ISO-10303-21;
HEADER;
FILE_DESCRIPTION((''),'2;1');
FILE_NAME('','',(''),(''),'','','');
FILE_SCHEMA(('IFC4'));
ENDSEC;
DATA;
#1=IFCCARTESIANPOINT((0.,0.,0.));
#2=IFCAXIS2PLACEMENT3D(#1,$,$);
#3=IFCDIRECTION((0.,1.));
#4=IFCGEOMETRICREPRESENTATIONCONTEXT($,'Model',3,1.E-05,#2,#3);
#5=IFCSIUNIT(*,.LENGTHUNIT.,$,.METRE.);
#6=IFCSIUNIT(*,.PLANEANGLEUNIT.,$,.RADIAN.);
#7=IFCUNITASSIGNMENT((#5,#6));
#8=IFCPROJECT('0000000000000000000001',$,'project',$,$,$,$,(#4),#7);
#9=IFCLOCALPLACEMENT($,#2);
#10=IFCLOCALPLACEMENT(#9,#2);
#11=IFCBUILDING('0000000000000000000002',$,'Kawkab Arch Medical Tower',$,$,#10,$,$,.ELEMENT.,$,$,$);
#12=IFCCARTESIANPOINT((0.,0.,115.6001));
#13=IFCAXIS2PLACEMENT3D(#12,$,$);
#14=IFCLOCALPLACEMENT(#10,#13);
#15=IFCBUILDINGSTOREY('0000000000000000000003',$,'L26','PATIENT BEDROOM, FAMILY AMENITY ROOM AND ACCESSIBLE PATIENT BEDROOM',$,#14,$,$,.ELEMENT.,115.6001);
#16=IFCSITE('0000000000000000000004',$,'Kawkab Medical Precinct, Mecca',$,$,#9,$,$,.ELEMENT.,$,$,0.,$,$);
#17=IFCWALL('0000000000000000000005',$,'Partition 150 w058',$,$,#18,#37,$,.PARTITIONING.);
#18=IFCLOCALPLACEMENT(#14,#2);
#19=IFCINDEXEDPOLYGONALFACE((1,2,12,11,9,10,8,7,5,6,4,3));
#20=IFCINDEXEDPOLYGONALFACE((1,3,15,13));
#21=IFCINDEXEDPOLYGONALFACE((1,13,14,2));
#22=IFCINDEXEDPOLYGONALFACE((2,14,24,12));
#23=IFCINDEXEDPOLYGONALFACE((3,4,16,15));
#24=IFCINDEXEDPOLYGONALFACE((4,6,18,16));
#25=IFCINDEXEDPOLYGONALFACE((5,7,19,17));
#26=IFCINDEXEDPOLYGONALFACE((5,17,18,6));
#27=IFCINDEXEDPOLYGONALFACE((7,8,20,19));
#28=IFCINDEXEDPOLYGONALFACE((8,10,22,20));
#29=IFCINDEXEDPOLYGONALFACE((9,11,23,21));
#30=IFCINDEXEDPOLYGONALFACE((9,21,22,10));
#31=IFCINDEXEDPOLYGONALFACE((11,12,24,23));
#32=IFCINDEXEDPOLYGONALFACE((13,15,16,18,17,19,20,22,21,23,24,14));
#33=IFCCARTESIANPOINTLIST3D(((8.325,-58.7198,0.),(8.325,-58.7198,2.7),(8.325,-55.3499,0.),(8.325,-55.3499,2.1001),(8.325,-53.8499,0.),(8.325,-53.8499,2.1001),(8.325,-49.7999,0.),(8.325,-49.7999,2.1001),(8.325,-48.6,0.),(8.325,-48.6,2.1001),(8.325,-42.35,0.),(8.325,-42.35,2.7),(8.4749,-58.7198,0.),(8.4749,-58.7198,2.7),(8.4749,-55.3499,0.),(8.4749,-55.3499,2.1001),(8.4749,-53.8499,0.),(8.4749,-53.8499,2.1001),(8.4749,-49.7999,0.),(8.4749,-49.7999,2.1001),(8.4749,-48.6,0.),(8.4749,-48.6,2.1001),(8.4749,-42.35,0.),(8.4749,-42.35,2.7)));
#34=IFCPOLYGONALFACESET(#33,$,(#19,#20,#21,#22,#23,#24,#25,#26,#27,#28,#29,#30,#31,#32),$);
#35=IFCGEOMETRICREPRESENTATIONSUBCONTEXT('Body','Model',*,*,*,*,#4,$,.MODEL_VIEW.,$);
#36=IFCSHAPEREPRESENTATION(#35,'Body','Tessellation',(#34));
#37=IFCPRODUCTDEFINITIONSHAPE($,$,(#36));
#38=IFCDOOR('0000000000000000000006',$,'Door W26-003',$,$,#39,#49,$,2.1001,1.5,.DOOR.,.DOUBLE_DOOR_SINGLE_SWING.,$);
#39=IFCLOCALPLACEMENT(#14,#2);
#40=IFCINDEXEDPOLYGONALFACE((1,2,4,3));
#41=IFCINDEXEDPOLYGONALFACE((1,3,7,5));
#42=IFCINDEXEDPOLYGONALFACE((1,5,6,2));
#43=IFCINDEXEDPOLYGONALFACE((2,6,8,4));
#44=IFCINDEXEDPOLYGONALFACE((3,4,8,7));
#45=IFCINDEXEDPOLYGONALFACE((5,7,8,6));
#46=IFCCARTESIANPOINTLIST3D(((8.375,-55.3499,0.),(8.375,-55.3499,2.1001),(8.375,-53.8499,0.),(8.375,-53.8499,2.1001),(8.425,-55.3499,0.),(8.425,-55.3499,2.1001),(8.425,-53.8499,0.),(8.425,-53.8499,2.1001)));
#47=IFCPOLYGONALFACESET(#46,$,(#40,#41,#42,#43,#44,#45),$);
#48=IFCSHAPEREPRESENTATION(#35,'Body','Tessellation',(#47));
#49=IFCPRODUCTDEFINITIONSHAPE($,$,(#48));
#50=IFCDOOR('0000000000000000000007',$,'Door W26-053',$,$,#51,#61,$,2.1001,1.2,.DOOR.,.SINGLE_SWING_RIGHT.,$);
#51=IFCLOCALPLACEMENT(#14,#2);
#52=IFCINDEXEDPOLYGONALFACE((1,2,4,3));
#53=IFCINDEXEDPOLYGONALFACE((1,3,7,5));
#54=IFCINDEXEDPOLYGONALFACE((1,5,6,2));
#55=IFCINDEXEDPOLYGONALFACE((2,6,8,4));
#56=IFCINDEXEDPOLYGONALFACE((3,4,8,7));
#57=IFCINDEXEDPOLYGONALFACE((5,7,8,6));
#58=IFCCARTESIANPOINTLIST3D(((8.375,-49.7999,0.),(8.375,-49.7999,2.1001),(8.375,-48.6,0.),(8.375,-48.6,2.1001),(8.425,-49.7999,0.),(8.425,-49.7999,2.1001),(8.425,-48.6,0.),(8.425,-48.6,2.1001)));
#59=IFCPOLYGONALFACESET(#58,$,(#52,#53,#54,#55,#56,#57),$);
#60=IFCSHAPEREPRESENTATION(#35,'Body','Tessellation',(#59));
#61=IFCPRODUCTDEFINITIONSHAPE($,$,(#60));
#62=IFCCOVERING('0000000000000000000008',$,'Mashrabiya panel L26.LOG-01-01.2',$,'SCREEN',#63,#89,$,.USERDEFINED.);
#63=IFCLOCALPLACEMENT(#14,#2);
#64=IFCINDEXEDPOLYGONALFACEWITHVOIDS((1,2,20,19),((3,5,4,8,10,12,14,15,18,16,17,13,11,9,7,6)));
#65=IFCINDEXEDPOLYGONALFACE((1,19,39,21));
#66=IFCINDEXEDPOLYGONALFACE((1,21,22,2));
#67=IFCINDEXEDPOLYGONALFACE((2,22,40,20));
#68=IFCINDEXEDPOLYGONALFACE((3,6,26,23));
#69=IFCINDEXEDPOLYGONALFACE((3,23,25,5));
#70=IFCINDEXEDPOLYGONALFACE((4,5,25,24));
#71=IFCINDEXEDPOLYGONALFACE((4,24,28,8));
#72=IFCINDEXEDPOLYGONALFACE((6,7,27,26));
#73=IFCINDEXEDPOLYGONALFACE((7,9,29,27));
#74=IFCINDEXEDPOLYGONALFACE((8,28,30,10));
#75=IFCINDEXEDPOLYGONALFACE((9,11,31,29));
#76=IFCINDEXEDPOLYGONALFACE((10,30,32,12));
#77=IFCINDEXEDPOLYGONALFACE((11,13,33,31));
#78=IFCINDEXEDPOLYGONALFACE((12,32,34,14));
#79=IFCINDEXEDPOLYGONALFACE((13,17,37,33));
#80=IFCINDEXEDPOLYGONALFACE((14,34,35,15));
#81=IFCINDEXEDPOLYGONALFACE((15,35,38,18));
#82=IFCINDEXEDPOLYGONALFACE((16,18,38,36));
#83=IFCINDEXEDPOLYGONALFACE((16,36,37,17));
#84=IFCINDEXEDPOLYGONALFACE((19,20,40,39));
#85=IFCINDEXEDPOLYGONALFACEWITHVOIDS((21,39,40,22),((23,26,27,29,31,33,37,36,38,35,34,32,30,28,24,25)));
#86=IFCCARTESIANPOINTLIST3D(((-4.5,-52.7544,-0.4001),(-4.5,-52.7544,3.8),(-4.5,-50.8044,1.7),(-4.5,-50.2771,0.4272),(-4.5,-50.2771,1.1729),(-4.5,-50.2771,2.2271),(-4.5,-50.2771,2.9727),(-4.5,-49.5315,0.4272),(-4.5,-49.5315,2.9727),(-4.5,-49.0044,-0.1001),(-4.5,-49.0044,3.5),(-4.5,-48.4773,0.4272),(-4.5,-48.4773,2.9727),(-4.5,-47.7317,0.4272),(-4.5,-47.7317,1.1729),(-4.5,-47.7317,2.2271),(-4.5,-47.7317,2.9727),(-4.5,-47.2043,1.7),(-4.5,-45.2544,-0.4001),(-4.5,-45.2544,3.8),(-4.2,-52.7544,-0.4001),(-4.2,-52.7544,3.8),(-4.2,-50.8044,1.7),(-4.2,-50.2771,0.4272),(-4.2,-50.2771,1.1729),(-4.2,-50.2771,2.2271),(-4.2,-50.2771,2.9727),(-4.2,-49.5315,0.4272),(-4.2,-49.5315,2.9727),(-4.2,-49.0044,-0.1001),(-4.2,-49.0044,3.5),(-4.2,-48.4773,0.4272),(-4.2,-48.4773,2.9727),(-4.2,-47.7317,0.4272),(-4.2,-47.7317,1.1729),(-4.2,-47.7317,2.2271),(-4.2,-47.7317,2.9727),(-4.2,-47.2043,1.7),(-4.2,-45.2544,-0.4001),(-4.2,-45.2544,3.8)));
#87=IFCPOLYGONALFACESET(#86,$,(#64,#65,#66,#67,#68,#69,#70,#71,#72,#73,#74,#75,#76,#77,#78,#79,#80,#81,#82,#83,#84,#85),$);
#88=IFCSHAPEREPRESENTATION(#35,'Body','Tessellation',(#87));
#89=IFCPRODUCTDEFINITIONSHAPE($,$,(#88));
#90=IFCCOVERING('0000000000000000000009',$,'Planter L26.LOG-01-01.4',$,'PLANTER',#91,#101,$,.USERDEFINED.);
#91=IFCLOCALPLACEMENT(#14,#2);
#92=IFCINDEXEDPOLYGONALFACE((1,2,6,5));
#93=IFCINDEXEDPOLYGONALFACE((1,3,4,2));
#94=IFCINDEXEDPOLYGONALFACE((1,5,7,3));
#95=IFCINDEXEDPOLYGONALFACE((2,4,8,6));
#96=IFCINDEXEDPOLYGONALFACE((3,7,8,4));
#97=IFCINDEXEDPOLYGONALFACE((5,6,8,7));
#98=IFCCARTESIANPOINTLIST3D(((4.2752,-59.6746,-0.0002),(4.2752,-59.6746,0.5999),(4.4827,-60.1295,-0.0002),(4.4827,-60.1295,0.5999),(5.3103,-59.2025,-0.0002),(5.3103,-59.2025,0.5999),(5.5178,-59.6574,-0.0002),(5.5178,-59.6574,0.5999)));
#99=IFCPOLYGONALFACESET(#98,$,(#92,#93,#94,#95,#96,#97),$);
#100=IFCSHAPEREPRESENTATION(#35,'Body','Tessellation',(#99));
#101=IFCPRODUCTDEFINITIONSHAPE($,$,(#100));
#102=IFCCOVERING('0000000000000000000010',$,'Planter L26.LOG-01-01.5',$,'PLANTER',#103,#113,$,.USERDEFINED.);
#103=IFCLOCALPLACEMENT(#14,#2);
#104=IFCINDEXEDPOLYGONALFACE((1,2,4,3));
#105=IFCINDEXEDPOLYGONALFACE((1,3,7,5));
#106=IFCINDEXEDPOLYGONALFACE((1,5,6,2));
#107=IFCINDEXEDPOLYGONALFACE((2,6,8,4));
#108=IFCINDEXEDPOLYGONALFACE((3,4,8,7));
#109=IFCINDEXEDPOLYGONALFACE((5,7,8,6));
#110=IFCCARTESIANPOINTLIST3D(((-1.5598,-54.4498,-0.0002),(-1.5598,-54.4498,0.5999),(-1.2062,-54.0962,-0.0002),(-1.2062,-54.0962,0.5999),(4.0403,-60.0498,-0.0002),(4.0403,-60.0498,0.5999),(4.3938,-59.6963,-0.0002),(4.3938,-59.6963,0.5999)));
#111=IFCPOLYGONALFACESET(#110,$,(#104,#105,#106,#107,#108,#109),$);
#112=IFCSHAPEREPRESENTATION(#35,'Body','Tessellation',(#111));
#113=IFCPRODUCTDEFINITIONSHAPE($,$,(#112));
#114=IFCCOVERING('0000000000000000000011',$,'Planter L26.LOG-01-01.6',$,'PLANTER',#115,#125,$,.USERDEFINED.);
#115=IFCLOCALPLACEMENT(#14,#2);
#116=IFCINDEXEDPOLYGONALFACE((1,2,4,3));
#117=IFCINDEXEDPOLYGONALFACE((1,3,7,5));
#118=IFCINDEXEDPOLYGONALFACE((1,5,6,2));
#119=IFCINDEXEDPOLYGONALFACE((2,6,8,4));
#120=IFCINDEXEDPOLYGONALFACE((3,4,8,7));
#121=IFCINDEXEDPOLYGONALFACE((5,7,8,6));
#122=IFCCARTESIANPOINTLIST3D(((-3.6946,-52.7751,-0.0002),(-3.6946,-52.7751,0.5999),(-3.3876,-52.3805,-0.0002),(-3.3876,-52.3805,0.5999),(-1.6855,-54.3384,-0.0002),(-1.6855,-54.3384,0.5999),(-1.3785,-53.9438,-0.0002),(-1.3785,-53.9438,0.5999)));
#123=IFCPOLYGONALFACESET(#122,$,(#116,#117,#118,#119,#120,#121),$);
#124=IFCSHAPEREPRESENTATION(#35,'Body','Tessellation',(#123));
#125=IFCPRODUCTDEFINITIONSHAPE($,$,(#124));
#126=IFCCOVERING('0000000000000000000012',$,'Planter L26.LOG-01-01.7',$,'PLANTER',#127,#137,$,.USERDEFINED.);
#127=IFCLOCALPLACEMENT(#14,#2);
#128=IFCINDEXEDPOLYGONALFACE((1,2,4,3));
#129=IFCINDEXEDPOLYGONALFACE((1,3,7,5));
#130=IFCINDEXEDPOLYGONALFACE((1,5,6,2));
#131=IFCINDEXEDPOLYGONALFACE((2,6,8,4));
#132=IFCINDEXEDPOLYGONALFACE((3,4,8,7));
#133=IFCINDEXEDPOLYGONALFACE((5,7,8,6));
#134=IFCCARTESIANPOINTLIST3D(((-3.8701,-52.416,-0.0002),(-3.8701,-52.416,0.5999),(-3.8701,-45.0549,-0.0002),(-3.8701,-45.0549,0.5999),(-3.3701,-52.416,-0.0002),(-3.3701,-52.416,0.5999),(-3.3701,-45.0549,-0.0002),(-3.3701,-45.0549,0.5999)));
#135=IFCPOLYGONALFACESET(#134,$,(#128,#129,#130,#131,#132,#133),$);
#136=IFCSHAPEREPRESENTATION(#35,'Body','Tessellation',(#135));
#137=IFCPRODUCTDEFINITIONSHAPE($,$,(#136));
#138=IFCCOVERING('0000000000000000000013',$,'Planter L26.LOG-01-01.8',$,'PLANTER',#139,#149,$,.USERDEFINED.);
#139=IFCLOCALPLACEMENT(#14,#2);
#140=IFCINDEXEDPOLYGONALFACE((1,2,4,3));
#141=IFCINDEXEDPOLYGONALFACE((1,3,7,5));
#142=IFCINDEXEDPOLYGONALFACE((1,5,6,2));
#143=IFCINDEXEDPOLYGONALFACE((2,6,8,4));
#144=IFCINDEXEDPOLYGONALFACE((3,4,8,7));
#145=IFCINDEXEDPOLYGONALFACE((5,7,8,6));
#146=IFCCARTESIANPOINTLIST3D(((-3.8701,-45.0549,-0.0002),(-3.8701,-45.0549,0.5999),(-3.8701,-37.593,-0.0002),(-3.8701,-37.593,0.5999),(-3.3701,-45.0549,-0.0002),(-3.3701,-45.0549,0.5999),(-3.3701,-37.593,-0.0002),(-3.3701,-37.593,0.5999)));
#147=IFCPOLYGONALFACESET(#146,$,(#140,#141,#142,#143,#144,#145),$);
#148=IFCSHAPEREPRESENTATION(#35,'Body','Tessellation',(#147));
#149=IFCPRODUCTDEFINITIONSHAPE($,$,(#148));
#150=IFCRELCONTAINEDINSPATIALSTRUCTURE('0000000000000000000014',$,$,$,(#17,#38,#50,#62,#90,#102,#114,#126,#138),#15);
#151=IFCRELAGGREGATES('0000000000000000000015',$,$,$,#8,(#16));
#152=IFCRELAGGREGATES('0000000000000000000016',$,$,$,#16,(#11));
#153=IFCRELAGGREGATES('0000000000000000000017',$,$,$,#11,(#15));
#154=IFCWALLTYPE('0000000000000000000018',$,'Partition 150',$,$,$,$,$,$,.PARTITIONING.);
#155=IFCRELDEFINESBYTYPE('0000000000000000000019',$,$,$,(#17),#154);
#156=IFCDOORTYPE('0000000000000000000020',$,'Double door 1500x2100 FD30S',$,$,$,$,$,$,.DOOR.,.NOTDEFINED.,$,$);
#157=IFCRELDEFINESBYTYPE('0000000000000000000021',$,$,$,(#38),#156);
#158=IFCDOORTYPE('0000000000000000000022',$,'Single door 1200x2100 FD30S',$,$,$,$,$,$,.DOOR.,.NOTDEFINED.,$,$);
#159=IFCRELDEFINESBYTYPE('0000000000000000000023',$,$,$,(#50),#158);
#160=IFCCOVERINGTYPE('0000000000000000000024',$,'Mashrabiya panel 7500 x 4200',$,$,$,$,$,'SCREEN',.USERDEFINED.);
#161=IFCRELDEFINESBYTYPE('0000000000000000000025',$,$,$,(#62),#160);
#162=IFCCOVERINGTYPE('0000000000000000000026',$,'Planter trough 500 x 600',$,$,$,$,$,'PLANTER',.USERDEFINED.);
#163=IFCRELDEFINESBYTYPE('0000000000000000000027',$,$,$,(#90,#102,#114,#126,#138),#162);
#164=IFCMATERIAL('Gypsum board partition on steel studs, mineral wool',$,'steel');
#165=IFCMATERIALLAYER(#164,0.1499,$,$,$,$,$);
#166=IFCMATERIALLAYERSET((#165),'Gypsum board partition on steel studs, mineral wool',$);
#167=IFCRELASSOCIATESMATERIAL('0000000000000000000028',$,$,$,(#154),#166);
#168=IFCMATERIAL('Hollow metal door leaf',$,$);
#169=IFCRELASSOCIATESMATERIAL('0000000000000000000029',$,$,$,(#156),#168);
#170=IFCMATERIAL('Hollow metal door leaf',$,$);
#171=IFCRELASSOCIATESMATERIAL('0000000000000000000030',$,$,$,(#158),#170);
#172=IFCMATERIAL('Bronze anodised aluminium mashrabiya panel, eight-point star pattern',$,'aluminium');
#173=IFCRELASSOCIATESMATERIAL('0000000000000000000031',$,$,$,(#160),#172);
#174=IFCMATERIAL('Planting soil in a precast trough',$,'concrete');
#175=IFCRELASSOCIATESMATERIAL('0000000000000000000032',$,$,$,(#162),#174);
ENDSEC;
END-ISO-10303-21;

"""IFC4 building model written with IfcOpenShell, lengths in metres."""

from ifc_helpers import new_model, si_unit, direction, frame, frame_2d, origin, origin_2d, place, context, subcontext, project, spatial, polyline, rectangle, outline, extrude, material, layer, layer_set, material_profile, profile_set, type_object, element, fill, save


model = new_model("IFC4")

# Units and contexts
model_context = context("Model", 3, precision=1e-05, world=origin(), true_north=direction((0.0, 1.0)))
body_context = subcontext(model_context, "Body", "Model", "MODEL_VIEW")
ifc_project = project(units=[si_unit("LENGTHUNIT", "METRE"), si_unit("PLANEANGLEUNIT", "RADIAN")], contexts=[model_context])

# Site, building, storey
site_placement = place(None, origin())
site = spatial("IfcSite", under=ifc_project, at=site_placement, Name="Kawkab Medical Precinct, Mecca", CompositionType="ELEMENT", RefElevation=0.0)
building_placement = place(site_placement, origin())
building = spatial("IfcBuilding", under=site, at=building_placement, Name="Kawkab Arch Medical Tower", CompositionType="ELEMENT")
storey_placement = place(building_placement, frame((0.0, 0.0, 115.6001)))
storey = spatial("IfcBuildingStorey", under=building, at=storey_placement, Name="L26", Description="PATIENT BEDROOM, FAMILY AMENITY ROOM AND ACCESSIBLE PATIENT BEDROOM", CompositionType="ELEMENT", Elevation=115.6001)

# Shared definitions
ifc_material_1 = material(Name="Gypsum board partition on steel studs, mineral wool", Category="steel")
ifc_layer_1 = layer(ifc_material_1, 0.1499)
ifc_layer_set_1 = layer_set([ifc_layer_1], Name="Gypsum board partition on steel studs, mineral wool")
wall_type_1 = type_object("IfcWallType", Name="Partition 150", PredefinedType="PARTITIONING", material=ifc_layer_set_1)

# Wall, openings, doors
wall_1_placement = place(storey_placement, frame((8.3999, -58.72, 0.0), z_axis=(0.0, 0.0, 1.0), x_axis=(0.0, 1.0, 0.0)))
wall_1 = element("IfcWall", 1, at=wall_1_placement, inside=storey, type_object=wall_type_1, Name="Partition 150 w058", PredefinedType="PARTITIONING", context=body_context, shape_type="SweptSolid", body=[
    extrude(rectangle(XDim=16.3699, YDim=0.1499, at=frame_2d((8.1851, 0.0))), origin(), (0.0, 0.0, 1.0), 2.7),
])
opening_1_placement = place(wall_1_placement, frame((8.9199, 0.0, 0.0)))
opening_1 = element("IfcOpeningElement", 2, at=opening_1_placement, cuts=wall_1, PredefinedType="OPENING", context=body_context, shape_type="SweptSolid", body=[
    extrude(rectangle(XDim=1.2, YDim=2.1001, at=frame_2d((0.6001, 1.05))), frame((0.0, 0.085, 0.0), z_axis=(0.0, -1.0, 0.0), x_axis=(1.0, 0.0, 0.0)), (0.0, 0.0, 1.0), 0.1699),
])
opening_2_placement = place(wall_1_placement, frame((3.3701, 0.0, 0.0)))
opening_2 = element("IfcOpeningElement", 3, at=opening_2_placement, cuts=wall_1, PredefinedType="OPENING", context=body_context, shape_type="SweptSolid", body=[
    extrude(rectangle(XDim=1.5, YDim=2.1001, at=frame_2d((0.75, 1.05))), frame((0.0, 0.085, 0.0), z_axis=(0.0, -1.0, 0.0), x_axis=(1.0, 0.0, 0.0)), (0.0, 0.0, 1.0), 0.1699),
])
ifc_material_2 = material(Name="Hollow metal door leaf")
door_type_1 = type_object("IfcDoorType", Name="Double door 1500x2100 FD30S", OperationType="NOTDEFINED", PredefinedType="DOOR", material=ifc_material_2)
door_1_placement = place(opening_2_placement, origin())
door_1 = element("IfcDoor", 4, at=door_1_placement, inside=storey, type_object=door_type_1, Name="Door W26-003", OperationType="DOUBLE_DOOR_SINGLE_SWING", OverallHeight=2.1001, OverallWidth=1.5, PredefinedType="DOOR", context=body_context, shape_type="SweptSolid", body=[
    extrude(rectangle(XDim=1.5, YDim=2.1001, at=frame_2d((0.75, 1.05))), frame((0.0, 0.0249, 0.0), z_axis=(0.0, -1.0, 0.0), x_axis=(1.0, 0.0, 0.0)), (0.0, 0.0, 1.0), 0.05),
])
fill(opening_2, door_1)
ifc_material_3 = material(Name="Hollow metal door leaf")
door_type_2 = type_object("IfcDoorType", Name="Single door 1200x2100 FD30S", OperationType="NOTDEFINED", PredefinedType="DOOR", material=ifc_material_3)
door_2_placement = place(opening_1_placement, origin())
door_2 = element("IfcDoor", 5, at=door_2_placement, inside=storey, type_object=door_type_2, Name="Door W26-053", OperationType="SINGLE_SWING_RIGHT", OverallHeight=2.1001, OverallWidth=1.2, PredefinedType="DOOR", context=body_context, shape_type="SweptSolid", body=[
    extrude(rectangle(XDim=1.2, YDim=2.1001, at=frame_2d((0.6001, 1.05))), frame((0.0, 0.0249, 0.0), z_axis=(0.0, -1.0, 0.0), x_axis=(1.0, 0.0, 0.0)), (0.0, 0.0, 1.0), 0.05),
])
fill(opening_1, door_2)

# Coverings
ifc_material_4 = material(Name="Bronze anodised aluminium mashrabiya panel, eight-point star pattern", Category="aluminium")
ifc_material_profile_1 = material_profile(ifc_material_4, outline(polyline([(-3.75, -2.1001), (3.75, -2.1001), (3.75, 2.1001), (-3.75, 2.1001), (-3.75, -2.1001)]), holes=[polyline([(1.8, 0.0), (1.2727, 0.5271), (1.2727, 1.2727), (0.5271, 1.2727), (0.0, 1.8), (-0.5271, 1.2727), (-1.2727, 1.2727), (-1.2727, 0.5271), (-1.8, 0.0), (-1.2727, -0.5271), (-1.2727, -1.2727), (-0.5271, -1.2727), (0.0, -1.8), (0.5271, -1.2727), (1.2727, -1.2727), (1.2727, -0.5271), (1.8, 0.0)])]), Name="Mashrabiya panel 7500x4200")
ifc_profile_set_1 = profile_set([ifc_material_profile_1], Name="Bronze anodised aluminium mashrabiya panel, eight-point star pattern")
covering_type_1 = type_object("IfcCoveringType", Name="Mashrabiya panel 7500 x 4200", ElementType="SCREEN", PredefinedType="USERDEFINED", material=ifc_profile_set_1)
covering_1_placement = place(storey_placement, frame((-4.2, -49.0044, 1.7), z_axis=(-1.0, 0.0, 0.0), x_axis=(0.0, -1.0, 0.0)))
element("IfcCovering", 6, at=covering_1_placement, inside=storey, type_object=covering_type_1, Name="Mashrabiya panel L26.LOG-01-01.2", ObjectType="SCREEN", PredefinedType="USERDEFINED", context=body_context, shape_type="SweptSolid", body=[
    extrude(outline(polyline([(-3.75, -2.1001), (3.75, -2.1001), (3.75, 2.1001), (-3.75, 2.1001), (-3.75, -2.1001)]), holes=[polyline([(1.8, 0.0), (1.2727, 0.5271), (1.2727, 1.2727), (0.5271, 1.2727), (0.0, 1.8), (-0.5271, 1.2727), (-1.2727, 1.2727), (-1.2727, 0.5271), (-1.8, 0.0), (-1.2727, -0.5271), (-1.2727, -1.2727), (-0.5271, -1.2727), (0.0, -1.8), (0.5271, -1.2727), (1.2727, -1.2727), (1.2727, -0.5271), (1.8, 0.0)])]), origin(), (0.0, 0.0, 1.0), 0.3),
])
ifc_material_5 = material(Name="Planting soil in a precast trough", Category="concrete")
ifc_material_profile_2 = material_profile(ifc_material_5, rectangle(XDim=0.5, YDim=0.6001, at=origin_2d()), Name="Trough 500x600")
ifc_profile_set_2 = profile_set([ifc_material_profile_2], Name="Planting soil in a precast trough")
covering_type_2 = type_object("IfcCoveringType", Name="Planter trough 500 x 600", ElementType="PLANTER", PredefinedType="USERDEFINED", material=ifc_profile_set_2)
covering_2_placement = place(storey_placement, frame((5.4141, -59.4299, 0.2998), z_axis=(-0.909822, -0.414999, 0.0), x_axis=(0.414999, -0.909822, 0.0)))
element("IfcCovering", 7, at=covering_2_placement, inside=storey, type_object=covering_type_2, Name="Planter L26.LOG-01-01.4", ObjectType="PLANTER", PredefinedType="USERDEFINED", context=body_context, shape_type="SweptSolid", body=[
    extrude(rectangle(XDim=0.5, YDim=0.6001, at=origin_2d()), origin(), (0.0, 0.0, 1.0), 1.1377),
])
covering_3_placement = place(storey_placement, frame((4.217, -59.873, 0.2998), z_axis=(-0.707107, 0.707107, 0.0), x_axis=(-0.707107, -0.707107, 0.0)))
element("IfcCovering", 8, at=covering_3_placement, inside=storey, type_object=covering_type_2, Name="Planter L26.LOG-01-01.5", ObjectType="PLANTER", PredefinedType="USERDEFINED", context=body_context, shape_type="SweptSolid", body=[
    extrude(rectangle(XDim=0.5, YDim=0.6001, at=origin_2d()), origin(), (0.0, 0.0, 1.0), 7.9197),
])
covering_4_placement = place(storey_placement, frame((-1.532, -54.1411, 0.2998), z_axis=(-0.789228, 0.6141, 0.0), x_axis=(-0.6141, -0.789228, 0.0)))
element("IfcCovering", 9, at=covering_4_placement, inside=storey, type_object=covering_type_2, Name="Planter L26.LOG-01-01.6", ObjectType="PLANTER", PredefinedType="USERDEFINED", context=body_context, shape_type="SweptSolid", body=[
    extrude(rectangle(XDim=0.5, YDim=0.6001, at=origin_2d()), origin(), (0.0, 0.0, 1.0), 2.5457),
])
covering_5_placement = place(storey_placement, frame((-3.6201, -52.416, 0.2998), z_axis=(0.0, 1.0, 0.0), x_axis=(-1.0, 0.0, 0.0)))
element("IfcCovering", 10, at=covering_5_placement, inside=storey, type_object=covering_type_2, Name="Planter L26.LOG-01-01.7", ObjectType="PLANTER", PredefinedType="USERDEFINED", context=body_context, shape_type="SweptSolid", body=[
    extrude(rectangle(XDim=0.5, YDim=0.6001, at=origin_2d()), origin(), (0.0, 0.0, 1.0), 7.3611),
])
covering_6_placement = place(storey_placement, frame((-3.6201, -45.0549, 0.2998), z_axis=(0.0, 1.0, 0.0), x_axis=(-1.0, 0.0, 0.0)))
element("IfcCovering", 11, at=covering_6_placement, inside=storey, type_object=covering_type_2, Name="Planter L26.LOG-01-01.8", ObjectType="PLANTER", PredefinedType="USERDEFINED", context=body_context, shape_type="SweptSolid", body=[
    extrude(rectangle(XDim=0.5, YDim=0.6001, at=origin_2d()), origin(), (0.0, 0.0, 1.0), 7.4619),
])

save(model, "model.ifc")
